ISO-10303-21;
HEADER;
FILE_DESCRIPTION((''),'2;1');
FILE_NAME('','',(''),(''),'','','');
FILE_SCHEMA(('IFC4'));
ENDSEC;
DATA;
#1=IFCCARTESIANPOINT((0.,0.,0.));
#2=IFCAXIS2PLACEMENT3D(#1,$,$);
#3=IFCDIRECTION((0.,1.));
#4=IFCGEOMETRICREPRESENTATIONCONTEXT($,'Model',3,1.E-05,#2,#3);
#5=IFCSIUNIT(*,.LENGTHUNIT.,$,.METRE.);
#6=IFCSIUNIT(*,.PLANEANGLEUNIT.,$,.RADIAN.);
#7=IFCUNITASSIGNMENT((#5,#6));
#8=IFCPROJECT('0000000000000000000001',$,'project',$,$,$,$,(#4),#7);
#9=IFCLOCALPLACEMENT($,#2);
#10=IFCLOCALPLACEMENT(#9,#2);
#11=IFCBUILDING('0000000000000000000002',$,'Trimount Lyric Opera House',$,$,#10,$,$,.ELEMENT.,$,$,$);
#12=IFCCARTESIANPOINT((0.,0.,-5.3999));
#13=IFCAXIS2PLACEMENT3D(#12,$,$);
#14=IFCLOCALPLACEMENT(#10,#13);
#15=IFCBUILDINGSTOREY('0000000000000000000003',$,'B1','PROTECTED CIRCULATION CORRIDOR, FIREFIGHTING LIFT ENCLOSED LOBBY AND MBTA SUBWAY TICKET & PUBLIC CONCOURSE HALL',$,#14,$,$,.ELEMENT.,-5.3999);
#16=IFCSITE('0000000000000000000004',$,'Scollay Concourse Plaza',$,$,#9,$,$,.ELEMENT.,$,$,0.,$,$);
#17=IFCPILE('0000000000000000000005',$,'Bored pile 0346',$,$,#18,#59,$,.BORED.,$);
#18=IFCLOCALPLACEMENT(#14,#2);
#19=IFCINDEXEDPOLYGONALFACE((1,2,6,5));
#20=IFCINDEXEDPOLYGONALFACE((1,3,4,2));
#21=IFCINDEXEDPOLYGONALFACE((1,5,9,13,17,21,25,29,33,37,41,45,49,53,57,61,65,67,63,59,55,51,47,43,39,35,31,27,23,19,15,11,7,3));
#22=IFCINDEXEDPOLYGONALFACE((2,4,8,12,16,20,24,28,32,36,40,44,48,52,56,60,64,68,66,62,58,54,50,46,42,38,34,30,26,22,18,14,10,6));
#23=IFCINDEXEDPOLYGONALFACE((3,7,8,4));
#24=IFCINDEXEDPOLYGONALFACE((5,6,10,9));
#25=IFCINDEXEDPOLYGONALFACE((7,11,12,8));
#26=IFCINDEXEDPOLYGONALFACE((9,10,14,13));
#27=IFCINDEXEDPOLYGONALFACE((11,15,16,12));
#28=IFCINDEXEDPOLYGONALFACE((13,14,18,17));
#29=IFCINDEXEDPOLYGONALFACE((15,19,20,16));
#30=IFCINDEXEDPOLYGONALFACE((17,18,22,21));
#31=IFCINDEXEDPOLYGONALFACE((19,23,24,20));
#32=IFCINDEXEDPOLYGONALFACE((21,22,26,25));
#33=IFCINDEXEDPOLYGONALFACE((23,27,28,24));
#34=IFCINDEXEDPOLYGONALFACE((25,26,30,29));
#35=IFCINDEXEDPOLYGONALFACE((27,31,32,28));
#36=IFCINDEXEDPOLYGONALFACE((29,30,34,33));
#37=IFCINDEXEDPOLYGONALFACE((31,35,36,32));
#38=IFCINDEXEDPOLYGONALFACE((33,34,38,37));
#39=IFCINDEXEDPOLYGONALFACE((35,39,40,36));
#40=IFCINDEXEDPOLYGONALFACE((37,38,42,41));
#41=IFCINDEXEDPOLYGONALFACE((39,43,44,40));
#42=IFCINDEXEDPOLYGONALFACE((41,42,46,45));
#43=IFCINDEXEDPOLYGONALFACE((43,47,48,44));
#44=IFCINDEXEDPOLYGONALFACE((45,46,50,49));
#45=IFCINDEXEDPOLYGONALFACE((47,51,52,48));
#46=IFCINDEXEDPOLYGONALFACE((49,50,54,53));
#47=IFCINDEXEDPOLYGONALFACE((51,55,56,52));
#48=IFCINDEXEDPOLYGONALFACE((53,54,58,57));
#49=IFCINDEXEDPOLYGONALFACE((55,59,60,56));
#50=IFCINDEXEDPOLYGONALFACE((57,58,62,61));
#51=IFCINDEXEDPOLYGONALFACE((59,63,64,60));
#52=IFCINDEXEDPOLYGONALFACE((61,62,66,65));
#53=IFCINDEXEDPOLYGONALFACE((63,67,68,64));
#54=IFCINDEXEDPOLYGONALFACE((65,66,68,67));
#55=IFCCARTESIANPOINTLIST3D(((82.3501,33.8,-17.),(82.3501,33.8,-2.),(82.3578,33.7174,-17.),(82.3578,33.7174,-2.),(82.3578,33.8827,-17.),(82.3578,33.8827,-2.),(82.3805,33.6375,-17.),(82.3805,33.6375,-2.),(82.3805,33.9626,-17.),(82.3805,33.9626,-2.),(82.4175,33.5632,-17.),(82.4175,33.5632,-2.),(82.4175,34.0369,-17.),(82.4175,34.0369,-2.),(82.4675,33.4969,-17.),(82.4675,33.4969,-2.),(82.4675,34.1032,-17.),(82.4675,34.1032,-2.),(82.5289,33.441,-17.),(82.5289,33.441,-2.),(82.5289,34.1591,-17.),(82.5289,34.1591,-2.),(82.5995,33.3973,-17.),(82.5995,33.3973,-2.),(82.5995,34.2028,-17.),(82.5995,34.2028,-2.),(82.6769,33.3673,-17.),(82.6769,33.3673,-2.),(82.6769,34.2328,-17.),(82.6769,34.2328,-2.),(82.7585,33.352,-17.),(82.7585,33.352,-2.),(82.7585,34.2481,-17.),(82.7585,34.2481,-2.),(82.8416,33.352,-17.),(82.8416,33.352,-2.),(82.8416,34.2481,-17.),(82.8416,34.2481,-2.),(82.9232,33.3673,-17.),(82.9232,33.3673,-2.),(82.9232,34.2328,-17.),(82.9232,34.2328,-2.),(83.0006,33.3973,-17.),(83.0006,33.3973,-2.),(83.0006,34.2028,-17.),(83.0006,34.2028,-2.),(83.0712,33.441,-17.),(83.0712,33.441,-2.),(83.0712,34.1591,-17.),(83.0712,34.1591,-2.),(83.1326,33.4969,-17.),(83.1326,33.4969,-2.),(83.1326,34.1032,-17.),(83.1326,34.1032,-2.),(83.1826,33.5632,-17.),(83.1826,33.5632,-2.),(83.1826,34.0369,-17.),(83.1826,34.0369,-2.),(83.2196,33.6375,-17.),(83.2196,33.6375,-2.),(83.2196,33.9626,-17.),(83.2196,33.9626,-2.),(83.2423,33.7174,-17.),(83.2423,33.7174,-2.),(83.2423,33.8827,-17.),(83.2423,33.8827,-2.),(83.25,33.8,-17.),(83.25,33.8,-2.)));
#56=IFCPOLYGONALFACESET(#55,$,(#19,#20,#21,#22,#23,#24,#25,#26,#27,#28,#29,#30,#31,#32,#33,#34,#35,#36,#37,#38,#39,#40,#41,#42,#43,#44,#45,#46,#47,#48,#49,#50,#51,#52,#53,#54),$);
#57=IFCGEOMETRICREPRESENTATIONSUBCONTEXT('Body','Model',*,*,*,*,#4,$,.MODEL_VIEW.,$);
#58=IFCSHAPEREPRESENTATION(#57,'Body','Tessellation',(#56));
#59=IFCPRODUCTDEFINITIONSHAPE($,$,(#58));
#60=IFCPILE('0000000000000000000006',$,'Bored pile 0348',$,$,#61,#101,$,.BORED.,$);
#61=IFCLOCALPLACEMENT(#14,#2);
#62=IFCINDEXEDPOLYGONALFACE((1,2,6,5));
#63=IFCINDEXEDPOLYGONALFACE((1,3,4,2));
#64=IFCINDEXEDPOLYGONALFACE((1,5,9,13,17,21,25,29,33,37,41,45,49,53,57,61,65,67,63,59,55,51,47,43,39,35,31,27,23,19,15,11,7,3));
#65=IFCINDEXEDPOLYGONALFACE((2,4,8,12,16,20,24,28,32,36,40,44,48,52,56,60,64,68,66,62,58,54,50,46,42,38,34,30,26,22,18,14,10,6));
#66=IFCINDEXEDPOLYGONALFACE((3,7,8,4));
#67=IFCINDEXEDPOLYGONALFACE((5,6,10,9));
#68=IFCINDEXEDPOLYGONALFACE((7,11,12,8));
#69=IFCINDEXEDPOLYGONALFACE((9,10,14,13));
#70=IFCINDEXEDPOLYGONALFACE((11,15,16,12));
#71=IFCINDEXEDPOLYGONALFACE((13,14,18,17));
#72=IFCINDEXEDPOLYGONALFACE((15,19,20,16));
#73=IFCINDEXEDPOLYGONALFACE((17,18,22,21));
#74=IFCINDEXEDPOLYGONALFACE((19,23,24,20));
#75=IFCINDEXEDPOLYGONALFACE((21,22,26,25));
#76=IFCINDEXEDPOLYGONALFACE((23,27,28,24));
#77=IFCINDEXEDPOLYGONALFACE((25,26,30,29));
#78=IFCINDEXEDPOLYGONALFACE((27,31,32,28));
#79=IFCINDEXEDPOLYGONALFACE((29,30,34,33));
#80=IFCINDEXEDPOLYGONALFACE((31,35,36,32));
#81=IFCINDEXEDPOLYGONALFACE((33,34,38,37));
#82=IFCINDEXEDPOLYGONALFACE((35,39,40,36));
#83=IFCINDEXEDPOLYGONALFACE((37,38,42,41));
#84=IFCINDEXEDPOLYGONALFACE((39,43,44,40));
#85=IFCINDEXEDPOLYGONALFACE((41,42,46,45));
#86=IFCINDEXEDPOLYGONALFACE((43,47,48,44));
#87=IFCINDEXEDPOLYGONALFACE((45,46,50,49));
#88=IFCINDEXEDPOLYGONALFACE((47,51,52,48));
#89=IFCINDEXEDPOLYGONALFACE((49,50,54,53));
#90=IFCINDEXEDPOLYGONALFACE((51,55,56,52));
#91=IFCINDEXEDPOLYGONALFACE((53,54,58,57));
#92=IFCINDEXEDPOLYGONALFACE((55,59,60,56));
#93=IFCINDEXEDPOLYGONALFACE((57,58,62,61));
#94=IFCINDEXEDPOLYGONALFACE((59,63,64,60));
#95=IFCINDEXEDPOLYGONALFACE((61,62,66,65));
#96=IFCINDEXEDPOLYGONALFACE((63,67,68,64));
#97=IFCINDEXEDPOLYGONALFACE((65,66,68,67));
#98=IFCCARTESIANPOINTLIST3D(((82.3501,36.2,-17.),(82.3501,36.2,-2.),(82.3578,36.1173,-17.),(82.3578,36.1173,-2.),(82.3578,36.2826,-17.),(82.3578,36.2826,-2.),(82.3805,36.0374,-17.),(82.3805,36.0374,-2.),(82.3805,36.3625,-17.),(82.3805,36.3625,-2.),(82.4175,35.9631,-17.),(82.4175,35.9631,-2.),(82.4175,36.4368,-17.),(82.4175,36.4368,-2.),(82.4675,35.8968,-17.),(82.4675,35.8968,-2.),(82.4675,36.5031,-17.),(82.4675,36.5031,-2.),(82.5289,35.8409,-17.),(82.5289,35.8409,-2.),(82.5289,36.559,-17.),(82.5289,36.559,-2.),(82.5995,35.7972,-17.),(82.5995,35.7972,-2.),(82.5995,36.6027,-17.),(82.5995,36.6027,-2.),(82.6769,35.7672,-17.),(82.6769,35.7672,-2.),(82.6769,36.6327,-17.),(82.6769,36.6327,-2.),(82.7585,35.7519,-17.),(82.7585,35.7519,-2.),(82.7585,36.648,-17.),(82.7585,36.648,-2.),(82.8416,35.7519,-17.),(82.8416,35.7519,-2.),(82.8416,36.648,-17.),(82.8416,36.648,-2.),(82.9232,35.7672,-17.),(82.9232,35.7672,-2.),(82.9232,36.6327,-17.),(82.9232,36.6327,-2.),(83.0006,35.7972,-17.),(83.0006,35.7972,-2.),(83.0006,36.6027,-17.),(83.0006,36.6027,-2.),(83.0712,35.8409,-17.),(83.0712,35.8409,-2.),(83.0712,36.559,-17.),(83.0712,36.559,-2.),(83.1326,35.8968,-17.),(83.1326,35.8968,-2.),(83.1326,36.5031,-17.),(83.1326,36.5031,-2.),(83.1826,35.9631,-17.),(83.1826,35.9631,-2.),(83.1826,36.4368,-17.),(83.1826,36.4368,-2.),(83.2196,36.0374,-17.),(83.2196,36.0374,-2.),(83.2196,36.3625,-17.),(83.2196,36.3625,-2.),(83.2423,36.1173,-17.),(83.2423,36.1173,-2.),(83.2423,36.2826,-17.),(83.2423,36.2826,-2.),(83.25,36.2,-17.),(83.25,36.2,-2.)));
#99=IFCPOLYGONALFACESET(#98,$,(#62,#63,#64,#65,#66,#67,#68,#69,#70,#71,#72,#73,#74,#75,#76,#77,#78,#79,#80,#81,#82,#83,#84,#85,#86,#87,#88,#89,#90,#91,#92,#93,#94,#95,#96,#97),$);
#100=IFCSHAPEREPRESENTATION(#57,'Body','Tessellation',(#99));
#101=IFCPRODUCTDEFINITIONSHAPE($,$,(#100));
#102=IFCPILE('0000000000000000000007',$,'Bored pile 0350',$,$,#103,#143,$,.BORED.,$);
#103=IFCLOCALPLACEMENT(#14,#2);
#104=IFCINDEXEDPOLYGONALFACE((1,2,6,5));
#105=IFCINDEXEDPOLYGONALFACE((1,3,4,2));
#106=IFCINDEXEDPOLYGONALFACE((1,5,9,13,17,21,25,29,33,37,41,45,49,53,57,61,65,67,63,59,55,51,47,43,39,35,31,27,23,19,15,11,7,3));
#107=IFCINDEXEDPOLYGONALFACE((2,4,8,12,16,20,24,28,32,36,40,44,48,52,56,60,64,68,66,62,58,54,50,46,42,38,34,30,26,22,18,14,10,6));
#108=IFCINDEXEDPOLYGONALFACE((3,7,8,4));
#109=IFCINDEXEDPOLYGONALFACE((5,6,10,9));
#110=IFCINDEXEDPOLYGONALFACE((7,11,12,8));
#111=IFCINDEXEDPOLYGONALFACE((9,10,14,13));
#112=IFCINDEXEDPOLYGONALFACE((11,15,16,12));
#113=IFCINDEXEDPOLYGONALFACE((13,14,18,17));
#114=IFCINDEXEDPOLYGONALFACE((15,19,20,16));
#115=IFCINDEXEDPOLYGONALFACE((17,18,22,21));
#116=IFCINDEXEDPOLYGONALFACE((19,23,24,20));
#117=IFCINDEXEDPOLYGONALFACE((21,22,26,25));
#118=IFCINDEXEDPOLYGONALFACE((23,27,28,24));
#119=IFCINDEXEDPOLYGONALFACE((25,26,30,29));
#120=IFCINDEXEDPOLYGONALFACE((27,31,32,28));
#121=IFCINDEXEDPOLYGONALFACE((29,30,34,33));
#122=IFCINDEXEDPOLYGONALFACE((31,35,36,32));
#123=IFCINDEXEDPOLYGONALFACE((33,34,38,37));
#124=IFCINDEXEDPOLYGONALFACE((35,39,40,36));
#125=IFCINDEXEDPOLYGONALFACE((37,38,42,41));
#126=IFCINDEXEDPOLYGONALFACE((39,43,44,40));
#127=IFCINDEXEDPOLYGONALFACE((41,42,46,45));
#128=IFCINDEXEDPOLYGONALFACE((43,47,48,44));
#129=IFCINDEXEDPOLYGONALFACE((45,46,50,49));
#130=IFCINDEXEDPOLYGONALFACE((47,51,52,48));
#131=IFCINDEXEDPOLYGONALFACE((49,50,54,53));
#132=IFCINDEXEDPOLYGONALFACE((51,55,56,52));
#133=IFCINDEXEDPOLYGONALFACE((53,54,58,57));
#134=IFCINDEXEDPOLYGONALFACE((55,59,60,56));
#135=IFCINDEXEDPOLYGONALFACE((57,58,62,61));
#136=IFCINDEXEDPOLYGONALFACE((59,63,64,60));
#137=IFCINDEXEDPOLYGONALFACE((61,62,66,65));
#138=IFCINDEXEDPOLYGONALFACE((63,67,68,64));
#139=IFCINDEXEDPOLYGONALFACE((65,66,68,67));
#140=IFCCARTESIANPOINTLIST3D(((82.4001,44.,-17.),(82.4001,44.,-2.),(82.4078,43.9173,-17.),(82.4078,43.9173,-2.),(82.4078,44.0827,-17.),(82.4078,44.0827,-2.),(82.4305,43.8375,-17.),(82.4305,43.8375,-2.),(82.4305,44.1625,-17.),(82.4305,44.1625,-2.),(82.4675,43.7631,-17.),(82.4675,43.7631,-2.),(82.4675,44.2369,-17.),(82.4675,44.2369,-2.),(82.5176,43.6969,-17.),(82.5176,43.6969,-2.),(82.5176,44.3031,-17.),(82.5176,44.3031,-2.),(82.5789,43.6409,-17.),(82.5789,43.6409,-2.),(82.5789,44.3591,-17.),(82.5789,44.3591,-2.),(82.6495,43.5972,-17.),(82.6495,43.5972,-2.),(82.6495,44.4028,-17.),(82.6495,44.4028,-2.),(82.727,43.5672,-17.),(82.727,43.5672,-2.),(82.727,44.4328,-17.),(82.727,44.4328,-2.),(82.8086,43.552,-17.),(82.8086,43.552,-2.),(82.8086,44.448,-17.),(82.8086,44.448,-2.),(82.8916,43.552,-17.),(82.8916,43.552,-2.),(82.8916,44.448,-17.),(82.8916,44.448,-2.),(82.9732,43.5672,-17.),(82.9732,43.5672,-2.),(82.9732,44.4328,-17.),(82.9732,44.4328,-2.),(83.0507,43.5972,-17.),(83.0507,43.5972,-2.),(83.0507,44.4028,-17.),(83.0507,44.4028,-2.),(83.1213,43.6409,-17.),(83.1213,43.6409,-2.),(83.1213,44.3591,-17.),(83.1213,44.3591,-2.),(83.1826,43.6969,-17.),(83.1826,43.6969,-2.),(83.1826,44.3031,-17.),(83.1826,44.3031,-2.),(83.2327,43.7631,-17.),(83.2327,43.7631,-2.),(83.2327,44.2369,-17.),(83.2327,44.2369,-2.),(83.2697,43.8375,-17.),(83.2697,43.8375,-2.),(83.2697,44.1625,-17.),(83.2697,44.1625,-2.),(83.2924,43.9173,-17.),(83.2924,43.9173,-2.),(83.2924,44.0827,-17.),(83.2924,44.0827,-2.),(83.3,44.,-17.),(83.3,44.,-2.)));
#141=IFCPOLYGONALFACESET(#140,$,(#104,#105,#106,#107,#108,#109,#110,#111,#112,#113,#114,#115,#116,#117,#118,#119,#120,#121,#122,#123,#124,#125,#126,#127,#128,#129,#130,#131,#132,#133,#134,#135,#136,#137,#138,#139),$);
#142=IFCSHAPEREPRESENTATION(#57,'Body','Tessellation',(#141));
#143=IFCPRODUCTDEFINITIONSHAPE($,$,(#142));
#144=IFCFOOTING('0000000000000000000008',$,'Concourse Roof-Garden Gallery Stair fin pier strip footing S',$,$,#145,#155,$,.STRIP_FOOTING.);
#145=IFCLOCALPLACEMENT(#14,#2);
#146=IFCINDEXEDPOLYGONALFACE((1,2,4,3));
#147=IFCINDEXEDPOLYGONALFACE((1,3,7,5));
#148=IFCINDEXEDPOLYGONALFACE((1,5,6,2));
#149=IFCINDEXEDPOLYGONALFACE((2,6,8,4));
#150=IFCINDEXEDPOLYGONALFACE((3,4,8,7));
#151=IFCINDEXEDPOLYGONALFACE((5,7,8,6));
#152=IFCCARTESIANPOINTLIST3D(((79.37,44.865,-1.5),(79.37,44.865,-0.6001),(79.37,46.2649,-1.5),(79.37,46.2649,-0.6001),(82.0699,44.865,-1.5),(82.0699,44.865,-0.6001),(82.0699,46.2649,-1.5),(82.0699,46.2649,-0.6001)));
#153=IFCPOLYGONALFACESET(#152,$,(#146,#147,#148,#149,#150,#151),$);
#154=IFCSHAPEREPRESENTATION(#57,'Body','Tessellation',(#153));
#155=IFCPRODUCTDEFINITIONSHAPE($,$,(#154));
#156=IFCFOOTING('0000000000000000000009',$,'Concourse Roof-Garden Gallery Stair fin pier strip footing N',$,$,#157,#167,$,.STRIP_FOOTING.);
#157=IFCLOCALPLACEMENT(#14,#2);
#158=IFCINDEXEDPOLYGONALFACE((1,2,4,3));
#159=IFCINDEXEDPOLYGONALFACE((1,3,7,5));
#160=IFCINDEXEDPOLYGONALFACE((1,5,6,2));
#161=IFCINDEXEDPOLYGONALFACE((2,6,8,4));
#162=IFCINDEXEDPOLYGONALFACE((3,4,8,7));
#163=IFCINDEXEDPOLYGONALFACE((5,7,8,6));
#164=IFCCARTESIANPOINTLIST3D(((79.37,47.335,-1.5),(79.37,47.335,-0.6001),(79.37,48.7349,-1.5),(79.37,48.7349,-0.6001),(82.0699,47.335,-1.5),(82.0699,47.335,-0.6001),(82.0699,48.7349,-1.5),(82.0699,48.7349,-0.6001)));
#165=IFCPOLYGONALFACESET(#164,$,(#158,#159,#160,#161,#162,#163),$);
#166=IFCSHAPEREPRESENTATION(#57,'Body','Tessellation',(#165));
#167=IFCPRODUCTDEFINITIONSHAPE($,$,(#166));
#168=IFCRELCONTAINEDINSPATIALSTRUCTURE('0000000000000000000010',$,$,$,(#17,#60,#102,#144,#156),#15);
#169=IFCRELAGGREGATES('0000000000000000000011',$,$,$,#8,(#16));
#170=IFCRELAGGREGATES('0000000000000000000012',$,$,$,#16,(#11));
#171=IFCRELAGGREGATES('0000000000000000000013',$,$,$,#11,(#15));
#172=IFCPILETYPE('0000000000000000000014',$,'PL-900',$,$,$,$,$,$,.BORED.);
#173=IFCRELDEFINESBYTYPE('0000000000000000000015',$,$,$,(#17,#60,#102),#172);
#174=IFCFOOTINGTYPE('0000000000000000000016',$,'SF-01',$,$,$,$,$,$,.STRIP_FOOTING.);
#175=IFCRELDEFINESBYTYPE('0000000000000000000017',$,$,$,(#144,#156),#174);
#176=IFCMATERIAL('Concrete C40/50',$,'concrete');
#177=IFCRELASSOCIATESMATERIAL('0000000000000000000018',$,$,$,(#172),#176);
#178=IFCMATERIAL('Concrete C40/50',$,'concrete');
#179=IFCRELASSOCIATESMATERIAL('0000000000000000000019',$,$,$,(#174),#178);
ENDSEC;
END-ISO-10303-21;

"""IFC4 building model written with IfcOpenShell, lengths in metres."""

from ifc_helpers import new_model, si_unit, direction, frame, origin, origin_2d, place, context, subcontext, project, spatial, rectangle, circle, extrude, material, material_profile, profile_set, type_object, element, save


model = new_model("IFC4")

# Units and contexts
model_context = context("Model", 3, precision=1e-05, world=origin(), true_north=direction((0.0, 1.0)))
body_context = subcontext(model_context, "Body", "Model", "MODEL_VIEW")
ifc_project = project(units=[si_unit("LENGTHUNIT", "METRE"), si_unit("PLANEANGLEUNIT", "RADIAN")], contexts=[model_context])

# Site, building, storey
site_placement = place(None, origin())
site = spatial("IfcSite", under=ifc_project, at=site_placement, Name="Scollay Concourse Plaza", CompositionType="ELEMENT", RefElevation=0.0)
building_placement = place(site_placement, origin())
building = spatial("IfcBuilding", under=site, at=building_placement, Name="Trimount Lyric Opera House", CompositionType="ELEMENT")
storey_placement = place(building_placement, frame((0.0, 0.0, -5.3999)))
storey = spatial("IfcBuildingStorey", under=building, at=storey_placement, Name="B1", Description="PROTECTED CIRCULATION CORRIDOR, FIREFIGHTING LIFT ENCLOSED LOBBY AND MBTA SUBWAY TICKET & PUBLIC CONCOURSE HALL", CompositionType="ELEMENT", Elevation=-5.3999)

# Piles
ifc_material_1 = material(Name="Concrete C40/50", Category="concrete")
ifc_material_profile_1 = material_profile(ifc_material_1, circle(Radius=0.45, at=origin_2d()), Name="PILE-D900")
ifc_profile_set_1 = profile_set([ifc_material_profile_1], Name="Concrete C40/50")
pile_type_1 = type_object("IfcPileType", Name="PL-900", PredefinedType="BORED", material=ifc_profile_set_1)
for number, where, z_axis, x_axis, name in (
    (1, (82.8, 33.8, -2.0), (0.0, 0.0, -1.0), (1.0, 0.0, 0.0), "Bored pile 0346"),
    (2, (82.8, 36.2, -2.0), (0.0, 0.0, -1.0), (1.0, 0.0, 0.0), "Bored pile 0348"),
    (3, (82.8501, 44.0, -2.0), (0.0, 0.0, -1.0), (1.0, 0.0, 0.0), "Bored pile 0350"),
):
    element("IfcPile", number, at=place(storey_placement, frame(where, z_axis=z_axis, x_axis=x_axis)), inside=storey, type_object=pile_type_1, Name=name, PredefinedType="BORED", context=body_context, shape_type="SweptSolid", body=[
        extrude(circle(Radius=0.45, at=origin_2d()), origin(), (0.0, 0.0, 1.0), 15.0),
    ])

# Footings
ifc_material_2 = material(Name="Concrete C40/50", Category="concrete")
footing_type_1 = type_object("IfcFootingType", Name="SF-01", PredefinedType="STRIP_FOOTING", material=ifc_material_2)
for number, where, z_axis, x_axis, name in (
    (4, (80.72, 45.5649, -1.5), (0.0, 0.0, 1.0), (1.0, 0.0, 0.0), "Concourse Roof-Garden Gallery Stair fin pier strip footing S"),
    (5, (80.72, 48.0349, -1.5), (0.0, 0.0, 1.0), (1.0, 0.0, 0.0), "Concourse Roof-Garden Gallery Stair fin pier strip footing N"),
):
    element("IfcFooting", number, at=place(storey_placement, frame(where, z_axis=z_axis, x_axis=x_axis)), inside=storey, type_object=footing_type_1, Name=name, PredefinedType="STRIP_FOOTING", context=body_context, shape_type="SweptSolid", body=[
        extrude(rectangle(XDim=2.7, YDim=1.3999, at=origin_2d()), origin(), (0.0, 0.0, 1.0), 0.8999),
    ])

save(model, "model.ifc")
